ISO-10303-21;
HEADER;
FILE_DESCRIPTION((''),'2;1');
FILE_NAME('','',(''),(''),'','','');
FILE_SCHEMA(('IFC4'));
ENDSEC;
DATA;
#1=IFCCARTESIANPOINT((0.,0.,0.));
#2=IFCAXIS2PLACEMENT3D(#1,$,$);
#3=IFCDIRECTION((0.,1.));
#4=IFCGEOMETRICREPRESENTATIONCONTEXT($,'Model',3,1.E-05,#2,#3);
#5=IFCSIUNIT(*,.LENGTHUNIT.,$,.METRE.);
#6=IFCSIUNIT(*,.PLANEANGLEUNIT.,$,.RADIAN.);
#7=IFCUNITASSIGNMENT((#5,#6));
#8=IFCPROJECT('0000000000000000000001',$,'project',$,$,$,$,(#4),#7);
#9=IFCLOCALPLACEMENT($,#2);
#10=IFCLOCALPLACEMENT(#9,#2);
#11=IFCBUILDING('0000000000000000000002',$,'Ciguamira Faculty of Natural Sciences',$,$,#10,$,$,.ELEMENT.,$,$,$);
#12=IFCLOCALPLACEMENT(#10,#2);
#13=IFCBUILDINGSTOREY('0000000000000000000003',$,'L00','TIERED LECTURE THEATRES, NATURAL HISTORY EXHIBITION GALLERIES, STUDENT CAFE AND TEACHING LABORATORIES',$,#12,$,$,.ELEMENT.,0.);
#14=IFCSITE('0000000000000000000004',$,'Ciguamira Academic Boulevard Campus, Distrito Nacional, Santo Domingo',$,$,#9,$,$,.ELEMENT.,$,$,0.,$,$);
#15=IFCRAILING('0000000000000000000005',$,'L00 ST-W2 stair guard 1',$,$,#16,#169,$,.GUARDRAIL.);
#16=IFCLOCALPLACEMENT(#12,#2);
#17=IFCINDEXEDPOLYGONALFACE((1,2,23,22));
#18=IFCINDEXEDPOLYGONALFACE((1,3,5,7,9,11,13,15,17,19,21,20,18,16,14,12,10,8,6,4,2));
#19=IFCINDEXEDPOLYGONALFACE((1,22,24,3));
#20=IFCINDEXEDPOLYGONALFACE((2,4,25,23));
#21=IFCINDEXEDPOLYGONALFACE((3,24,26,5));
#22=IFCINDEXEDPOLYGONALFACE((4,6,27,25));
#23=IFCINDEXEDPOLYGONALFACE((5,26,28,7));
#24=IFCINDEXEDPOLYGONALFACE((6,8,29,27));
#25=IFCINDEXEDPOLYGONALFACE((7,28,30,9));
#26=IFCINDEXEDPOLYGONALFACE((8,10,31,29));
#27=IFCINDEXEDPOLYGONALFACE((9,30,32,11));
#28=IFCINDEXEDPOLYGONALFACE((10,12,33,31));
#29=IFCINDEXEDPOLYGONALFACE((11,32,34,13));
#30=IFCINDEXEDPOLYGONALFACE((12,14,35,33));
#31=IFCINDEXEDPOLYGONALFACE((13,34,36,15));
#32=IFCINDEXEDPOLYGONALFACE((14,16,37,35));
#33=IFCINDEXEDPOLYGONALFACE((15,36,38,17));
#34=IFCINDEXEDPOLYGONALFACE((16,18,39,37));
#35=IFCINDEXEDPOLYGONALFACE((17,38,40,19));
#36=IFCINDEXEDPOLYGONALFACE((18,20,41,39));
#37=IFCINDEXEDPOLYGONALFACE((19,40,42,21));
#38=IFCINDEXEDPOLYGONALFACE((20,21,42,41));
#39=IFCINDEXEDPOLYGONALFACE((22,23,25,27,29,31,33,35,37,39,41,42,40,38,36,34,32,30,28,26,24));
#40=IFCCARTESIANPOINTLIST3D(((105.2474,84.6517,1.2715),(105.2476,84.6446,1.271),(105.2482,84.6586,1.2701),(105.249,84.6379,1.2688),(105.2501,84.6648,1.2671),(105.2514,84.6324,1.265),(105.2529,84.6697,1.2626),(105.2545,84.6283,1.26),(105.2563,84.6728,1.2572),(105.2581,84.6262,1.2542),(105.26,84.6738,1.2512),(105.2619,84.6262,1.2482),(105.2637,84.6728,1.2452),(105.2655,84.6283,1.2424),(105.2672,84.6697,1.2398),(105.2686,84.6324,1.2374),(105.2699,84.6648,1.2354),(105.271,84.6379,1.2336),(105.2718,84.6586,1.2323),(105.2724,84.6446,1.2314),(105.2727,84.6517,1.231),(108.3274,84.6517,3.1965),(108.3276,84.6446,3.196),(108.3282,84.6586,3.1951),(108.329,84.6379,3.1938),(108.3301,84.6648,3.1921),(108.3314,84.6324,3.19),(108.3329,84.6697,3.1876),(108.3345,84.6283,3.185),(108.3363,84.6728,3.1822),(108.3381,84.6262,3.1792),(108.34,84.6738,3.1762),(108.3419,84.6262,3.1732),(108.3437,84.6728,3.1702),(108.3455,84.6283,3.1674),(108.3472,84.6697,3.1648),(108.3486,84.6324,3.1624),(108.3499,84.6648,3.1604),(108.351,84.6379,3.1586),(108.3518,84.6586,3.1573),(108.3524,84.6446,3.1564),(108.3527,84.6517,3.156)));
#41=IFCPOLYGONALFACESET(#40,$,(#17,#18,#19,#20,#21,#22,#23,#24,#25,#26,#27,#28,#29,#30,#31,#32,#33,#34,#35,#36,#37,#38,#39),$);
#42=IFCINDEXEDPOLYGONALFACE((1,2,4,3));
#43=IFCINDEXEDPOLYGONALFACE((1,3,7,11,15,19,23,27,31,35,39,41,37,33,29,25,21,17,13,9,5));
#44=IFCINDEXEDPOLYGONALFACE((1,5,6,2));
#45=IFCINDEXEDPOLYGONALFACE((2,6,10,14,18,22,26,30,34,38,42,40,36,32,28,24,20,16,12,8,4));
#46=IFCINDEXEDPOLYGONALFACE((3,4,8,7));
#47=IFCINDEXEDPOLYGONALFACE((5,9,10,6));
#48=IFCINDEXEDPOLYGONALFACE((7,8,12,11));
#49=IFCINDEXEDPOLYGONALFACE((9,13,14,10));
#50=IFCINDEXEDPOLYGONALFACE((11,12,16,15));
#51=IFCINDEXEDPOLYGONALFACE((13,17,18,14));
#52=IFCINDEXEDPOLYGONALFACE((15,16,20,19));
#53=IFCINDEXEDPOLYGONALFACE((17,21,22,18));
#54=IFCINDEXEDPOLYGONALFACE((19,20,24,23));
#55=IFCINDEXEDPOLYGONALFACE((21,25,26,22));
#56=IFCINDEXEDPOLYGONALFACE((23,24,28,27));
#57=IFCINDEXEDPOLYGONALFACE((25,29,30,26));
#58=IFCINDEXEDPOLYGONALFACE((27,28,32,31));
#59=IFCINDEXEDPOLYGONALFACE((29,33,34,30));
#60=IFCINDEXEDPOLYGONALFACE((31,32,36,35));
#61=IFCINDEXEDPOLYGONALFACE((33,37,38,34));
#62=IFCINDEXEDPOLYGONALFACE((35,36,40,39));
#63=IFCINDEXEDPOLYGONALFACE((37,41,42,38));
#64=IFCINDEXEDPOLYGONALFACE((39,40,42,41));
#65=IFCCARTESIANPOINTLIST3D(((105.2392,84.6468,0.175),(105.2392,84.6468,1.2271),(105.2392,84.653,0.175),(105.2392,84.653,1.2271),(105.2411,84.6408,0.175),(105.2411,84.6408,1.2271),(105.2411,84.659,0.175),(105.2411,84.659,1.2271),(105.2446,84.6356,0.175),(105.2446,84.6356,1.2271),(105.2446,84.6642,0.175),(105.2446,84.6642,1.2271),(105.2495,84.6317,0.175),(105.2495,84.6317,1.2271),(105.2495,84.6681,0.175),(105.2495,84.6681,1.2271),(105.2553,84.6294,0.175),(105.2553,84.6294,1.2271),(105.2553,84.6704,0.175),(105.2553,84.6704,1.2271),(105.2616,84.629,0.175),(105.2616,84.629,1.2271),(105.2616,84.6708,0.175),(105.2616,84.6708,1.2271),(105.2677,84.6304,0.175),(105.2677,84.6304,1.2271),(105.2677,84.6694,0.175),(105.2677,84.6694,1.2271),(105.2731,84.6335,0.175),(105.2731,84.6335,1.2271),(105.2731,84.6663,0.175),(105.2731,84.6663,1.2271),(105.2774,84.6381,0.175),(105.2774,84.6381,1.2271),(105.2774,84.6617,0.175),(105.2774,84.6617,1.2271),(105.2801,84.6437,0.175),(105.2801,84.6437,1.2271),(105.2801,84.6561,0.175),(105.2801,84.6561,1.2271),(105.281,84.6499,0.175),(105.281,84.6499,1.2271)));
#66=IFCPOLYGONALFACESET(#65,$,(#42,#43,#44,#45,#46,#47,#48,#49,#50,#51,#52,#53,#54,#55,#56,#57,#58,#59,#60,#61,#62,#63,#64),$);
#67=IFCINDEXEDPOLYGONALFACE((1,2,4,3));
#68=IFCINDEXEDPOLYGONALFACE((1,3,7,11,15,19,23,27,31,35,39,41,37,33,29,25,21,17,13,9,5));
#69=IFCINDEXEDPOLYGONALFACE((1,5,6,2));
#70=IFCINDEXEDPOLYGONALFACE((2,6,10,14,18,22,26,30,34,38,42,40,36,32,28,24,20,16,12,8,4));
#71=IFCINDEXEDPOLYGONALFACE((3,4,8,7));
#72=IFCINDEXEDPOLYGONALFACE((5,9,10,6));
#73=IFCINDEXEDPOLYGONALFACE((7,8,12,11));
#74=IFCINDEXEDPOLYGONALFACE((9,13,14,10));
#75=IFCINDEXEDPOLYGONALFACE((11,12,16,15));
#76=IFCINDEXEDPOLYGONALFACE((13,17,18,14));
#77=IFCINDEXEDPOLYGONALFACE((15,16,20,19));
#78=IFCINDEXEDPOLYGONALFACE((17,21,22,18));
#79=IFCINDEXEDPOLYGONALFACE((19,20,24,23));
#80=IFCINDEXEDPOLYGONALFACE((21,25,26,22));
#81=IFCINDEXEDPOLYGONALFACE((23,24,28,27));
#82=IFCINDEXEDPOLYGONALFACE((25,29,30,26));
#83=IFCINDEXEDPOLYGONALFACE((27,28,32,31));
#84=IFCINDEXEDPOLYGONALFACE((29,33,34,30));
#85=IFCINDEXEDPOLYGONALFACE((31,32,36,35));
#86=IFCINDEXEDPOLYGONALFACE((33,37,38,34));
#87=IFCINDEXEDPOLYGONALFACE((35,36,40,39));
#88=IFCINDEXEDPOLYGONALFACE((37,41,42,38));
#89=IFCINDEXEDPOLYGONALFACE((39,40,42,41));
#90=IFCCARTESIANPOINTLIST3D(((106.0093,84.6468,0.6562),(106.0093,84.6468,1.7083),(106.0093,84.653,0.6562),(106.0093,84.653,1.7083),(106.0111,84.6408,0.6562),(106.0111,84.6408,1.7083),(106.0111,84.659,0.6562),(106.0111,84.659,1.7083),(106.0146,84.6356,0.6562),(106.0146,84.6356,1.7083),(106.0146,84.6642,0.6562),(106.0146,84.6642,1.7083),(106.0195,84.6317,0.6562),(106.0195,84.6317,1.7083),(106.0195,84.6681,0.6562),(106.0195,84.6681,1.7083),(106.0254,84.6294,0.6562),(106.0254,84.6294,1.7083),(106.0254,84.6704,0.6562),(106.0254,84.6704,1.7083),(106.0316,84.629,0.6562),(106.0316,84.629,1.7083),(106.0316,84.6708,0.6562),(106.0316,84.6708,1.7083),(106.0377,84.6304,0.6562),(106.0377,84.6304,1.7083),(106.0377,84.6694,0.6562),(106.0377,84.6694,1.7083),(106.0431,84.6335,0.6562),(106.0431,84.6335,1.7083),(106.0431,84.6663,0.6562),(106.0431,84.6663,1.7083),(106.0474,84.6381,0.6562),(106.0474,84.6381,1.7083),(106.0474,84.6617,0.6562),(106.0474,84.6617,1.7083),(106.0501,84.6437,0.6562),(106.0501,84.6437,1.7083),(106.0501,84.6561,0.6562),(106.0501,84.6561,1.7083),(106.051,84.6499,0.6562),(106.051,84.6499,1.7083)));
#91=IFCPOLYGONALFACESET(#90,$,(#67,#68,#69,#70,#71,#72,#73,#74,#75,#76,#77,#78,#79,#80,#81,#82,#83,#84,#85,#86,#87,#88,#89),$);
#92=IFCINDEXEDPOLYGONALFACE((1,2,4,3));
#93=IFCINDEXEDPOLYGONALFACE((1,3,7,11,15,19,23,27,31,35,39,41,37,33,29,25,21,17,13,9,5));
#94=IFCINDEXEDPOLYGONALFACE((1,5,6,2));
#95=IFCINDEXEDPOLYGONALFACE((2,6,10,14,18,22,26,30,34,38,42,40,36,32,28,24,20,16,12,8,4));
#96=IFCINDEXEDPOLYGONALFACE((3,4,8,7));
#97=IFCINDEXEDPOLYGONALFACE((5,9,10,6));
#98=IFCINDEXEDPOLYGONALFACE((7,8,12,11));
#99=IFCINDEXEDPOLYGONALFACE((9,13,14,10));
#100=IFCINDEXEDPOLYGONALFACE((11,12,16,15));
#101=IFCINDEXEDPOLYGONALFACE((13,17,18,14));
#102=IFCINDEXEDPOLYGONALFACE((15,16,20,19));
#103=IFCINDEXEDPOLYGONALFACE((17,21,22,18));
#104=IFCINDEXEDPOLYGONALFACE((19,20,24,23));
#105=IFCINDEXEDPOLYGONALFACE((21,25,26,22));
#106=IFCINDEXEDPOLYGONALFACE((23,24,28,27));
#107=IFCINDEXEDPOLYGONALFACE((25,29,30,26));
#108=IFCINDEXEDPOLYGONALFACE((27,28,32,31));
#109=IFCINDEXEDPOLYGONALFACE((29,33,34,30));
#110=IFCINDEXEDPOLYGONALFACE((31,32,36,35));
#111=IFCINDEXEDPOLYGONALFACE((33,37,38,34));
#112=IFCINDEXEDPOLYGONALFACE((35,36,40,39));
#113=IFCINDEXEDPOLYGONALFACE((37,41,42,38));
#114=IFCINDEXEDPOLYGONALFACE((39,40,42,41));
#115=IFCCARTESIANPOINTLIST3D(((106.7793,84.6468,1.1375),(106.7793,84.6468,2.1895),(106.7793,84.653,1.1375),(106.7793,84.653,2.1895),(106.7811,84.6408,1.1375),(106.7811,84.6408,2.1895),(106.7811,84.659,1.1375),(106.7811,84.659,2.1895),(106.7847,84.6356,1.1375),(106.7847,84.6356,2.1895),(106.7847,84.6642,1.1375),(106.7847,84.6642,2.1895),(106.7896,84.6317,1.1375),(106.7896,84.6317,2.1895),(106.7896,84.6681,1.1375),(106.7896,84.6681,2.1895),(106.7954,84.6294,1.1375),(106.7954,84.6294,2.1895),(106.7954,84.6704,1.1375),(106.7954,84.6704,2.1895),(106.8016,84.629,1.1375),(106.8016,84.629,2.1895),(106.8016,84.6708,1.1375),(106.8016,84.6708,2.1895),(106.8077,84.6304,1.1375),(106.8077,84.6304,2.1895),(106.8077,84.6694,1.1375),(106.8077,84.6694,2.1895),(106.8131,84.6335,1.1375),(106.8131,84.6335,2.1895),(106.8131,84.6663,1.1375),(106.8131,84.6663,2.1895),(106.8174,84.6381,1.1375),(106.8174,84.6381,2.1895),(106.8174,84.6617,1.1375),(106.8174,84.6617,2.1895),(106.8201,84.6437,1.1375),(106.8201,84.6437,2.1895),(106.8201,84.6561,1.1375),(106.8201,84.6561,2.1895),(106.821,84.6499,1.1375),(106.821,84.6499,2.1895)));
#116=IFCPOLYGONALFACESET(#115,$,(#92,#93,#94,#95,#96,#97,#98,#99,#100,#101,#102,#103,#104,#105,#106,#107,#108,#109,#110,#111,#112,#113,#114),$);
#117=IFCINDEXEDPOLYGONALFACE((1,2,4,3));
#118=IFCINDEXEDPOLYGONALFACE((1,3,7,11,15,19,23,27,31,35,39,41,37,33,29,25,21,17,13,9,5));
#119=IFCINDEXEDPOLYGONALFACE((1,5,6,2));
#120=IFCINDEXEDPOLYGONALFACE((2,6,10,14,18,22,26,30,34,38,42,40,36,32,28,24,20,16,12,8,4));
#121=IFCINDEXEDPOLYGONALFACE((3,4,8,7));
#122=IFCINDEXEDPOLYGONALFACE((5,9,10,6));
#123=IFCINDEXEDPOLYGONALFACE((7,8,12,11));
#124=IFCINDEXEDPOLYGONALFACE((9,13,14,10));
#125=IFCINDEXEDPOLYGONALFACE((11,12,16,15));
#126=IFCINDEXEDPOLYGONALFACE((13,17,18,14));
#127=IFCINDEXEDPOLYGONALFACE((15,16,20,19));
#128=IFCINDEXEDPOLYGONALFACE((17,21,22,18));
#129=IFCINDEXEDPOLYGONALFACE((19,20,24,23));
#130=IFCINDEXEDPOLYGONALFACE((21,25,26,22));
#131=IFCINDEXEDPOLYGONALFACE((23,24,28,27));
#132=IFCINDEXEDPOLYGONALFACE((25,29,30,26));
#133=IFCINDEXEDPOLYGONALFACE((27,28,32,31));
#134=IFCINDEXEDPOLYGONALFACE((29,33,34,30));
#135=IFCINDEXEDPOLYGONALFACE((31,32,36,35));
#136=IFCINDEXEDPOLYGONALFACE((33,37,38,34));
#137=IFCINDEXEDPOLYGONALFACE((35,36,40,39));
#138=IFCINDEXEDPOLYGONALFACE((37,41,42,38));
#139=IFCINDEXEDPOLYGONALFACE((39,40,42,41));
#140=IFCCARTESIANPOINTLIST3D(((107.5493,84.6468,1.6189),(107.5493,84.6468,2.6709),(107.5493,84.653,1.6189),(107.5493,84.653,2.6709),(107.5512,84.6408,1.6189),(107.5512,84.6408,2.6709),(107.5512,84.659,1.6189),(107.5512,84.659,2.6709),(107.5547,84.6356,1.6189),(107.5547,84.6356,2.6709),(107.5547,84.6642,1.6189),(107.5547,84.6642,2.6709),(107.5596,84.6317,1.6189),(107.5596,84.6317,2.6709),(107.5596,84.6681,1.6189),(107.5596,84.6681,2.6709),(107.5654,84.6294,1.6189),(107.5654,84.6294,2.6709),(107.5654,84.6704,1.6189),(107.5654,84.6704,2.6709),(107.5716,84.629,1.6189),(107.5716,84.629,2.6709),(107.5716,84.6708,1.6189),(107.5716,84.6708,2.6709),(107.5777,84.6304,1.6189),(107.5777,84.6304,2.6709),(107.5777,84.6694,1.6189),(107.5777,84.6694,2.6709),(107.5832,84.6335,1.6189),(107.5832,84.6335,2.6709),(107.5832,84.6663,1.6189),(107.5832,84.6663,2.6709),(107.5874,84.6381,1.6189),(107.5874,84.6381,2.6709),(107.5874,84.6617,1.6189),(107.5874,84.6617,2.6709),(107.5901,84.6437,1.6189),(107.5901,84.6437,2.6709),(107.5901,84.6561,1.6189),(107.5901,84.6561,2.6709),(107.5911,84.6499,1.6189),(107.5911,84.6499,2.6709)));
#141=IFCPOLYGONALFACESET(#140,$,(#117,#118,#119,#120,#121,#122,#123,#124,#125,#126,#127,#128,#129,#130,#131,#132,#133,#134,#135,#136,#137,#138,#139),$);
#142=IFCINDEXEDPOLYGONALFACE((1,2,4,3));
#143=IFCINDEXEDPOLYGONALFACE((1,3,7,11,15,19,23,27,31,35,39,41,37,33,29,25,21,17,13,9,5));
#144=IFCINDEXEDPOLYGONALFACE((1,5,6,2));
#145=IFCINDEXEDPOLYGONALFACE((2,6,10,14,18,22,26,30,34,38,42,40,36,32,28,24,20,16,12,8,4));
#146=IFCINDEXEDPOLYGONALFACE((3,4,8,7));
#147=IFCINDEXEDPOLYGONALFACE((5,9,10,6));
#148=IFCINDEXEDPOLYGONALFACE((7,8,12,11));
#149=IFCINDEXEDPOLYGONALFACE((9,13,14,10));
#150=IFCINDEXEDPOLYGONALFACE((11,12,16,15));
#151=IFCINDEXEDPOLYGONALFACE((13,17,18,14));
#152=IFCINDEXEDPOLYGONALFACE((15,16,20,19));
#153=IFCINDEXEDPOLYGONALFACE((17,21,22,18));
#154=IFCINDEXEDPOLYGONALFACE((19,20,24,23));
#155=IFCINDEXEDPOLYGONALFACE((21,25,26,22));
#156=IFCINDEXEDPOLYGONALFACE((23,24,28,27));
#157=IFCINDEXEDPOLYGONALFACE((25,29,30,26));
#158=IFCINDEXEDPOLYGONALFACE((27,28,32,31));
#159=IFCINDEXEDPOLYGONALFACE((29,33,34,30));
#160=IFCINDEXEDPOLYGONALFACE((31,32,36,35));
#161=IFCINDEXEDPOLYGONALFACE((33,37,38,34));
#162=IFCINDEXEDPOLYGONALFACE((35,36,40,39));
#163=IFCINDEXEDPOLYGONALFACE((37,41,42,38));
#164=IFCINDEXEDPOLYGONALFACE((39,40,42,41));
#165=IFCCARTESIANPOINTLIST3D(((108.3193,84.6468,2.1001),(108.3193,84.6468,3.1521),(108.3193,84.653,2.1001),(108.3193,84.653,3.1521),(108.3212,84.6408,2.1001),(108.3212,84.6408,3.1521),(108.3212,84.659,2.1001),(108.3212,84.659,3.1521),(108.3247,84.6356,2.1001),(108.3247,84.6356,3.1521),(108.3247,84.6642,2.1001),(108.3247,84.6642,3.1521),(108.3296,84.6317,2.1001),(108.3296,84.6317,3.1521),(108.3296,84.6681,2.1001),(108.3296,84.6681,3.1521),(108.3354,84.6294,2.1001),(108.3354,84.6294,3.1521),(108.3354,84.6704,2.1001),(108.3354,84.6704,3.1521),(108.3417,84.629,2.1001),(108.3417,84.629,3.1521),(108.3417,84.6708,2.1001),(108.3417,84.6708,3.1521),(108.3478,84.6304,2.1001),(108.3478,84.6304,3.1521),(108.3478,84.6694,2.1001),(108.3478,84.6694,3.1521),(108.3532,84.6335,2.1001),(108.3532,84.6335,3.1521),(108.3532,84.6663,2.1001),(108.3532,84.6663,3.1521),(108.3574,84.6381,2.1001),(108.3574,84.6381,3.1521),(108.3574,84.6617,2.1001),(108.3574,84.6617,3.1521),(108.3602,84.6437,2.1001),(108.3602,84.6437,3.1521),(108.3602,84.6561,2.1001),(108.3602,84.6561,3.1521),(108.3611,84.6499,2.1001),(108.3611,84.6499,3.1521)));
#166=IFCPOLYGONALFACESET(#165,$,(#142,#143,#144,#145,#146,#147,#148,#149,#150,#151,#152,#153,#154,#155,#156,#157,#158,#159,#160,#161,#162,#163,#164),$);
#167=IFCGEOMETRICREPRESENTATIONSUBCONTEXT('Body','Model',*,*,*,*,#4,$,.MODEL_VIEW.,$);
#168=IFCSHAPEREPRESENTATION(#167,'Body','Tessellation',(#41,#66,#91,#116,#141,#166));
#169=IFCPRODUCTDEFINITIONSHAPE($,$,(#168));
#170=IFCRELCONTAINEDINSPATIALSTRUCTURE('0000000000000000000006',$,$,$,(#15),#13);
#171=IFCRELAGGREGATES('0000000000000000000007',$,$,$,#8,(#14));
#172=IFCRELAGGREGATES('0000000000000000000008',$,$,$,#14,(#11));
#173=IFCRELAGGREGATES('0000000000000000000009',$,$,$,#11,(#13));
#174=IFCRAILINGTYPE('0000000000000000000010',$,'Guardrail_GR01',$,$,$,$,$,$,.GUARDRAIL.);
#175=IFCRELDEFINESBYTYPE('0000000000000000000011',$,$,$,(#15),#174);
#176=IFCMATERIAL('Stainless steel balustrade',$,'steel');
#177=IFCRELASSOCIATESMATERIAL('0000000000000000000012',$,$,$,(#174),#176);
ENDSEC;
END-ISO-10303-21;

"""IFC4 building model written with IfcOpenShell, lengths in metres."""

from ifc_helpers import new_model, si_unit, direction, frame, origin, origin_2d, place, context, subcontext, project, spatial, circle, extrude, material, type_object, element, save


model = new_model("IFC4")

# Units and contexts
model_context = context("Model", 3, precision=1e-05, world=origin(), true_north=direction((0.0, 1.0)))
body_context = subcontext(model_context, "Body", "Model", "MODEL_VIEW")
ifc_project = project(units=[si_unit("LENGTHUNIT", "METRE"), si_unit("PLANEANGLEUNIT", "RADIAN")], contexts=[model_context])

# Site, building, storey
site_placement = place(None, origin())
site = spatial("IfcSite", under=ifc_project, at=site_placement, Name="Ciguamira Academic Boulevard Campus, Distrito Nacional, Santo Domingo", CompositionType="ELEMENT", RefElevation=0.0)
building_placement = place(site_placement, origin())
building = spatial("IfcBuilding", under=site, at=building_placement, Name="Ciguamira Faculty of Natural Sciences", CompositionType="ELEMENT")
storey_placement = place(building_placement, origin())
storey = spatial("IfcBuildingStorey", under=building, at=storey_placement, Name="L00", Description="TIERED LECTURE THEATRES, NATURAL HISTORY EXHIBITION GALLERIES, STUDENT CAFE AND TEACHING LABORATORIES", CompositionType="ELEMENT", Elevation=0.0)

# Railing
ifc_material_1 = material(Name="Stainless steel balustrade", Category="steel")
railing_type_1 = type_object("IfcRailingType", Name="Guardrail_GR01", PredefinedType="GUARDRAIL", material=ifc_material_1)
railing_1_placement = place(storey_placement, frame((105.26, 84.6499, 0.175)))
element("IfcRailing", 1, at=railing_1_placement, inside=storey, type_object=railing_type_1, Name="L00 ST-W2 stair guard 1", PredefinedType="GUARDRAIL", context=body_context, shape_type="SweptSolid", body=[
    extrude(circle(Radius=0.0239, at=origin_2d()), frame((0.0, 0.0, 1.0762), z_axis=(0.847998, 0.0, 0.529999), x_axis=(0.0, 1.0, 0.0)), (0.0, 0.0, 1.0), 3.6321),
    extrude(circle(Radius=0.021, at=origin_2d()), origin(), (0.0, 0.0, 1.0), 1.052),
    extrude(circle(Radius=0.021, at=origin_2d()), frame((0.77, 0.0, 0.4812)), (0.0, 0.0, 1.0), 1.052),
    extrude(circle(Radius=0.021, at=origin_2d()), frame((1.54, 0.0, 0.9624)), (0.0, 0.0, 1.0), 1.052),
    extrude(circle(Radius=0.021, at=origin_2d()), frame((2.3101, 0.0, 1.4438)), (0.0, 0.0, 1.0), 1.052),
    extrude(circle(Radius=0.021, at=origin_2d()), frame((3.0801, 0.0, 1.925)), (0.0, 0.0, 1.0), 1.052),
])

save(model, "model.ifc")
